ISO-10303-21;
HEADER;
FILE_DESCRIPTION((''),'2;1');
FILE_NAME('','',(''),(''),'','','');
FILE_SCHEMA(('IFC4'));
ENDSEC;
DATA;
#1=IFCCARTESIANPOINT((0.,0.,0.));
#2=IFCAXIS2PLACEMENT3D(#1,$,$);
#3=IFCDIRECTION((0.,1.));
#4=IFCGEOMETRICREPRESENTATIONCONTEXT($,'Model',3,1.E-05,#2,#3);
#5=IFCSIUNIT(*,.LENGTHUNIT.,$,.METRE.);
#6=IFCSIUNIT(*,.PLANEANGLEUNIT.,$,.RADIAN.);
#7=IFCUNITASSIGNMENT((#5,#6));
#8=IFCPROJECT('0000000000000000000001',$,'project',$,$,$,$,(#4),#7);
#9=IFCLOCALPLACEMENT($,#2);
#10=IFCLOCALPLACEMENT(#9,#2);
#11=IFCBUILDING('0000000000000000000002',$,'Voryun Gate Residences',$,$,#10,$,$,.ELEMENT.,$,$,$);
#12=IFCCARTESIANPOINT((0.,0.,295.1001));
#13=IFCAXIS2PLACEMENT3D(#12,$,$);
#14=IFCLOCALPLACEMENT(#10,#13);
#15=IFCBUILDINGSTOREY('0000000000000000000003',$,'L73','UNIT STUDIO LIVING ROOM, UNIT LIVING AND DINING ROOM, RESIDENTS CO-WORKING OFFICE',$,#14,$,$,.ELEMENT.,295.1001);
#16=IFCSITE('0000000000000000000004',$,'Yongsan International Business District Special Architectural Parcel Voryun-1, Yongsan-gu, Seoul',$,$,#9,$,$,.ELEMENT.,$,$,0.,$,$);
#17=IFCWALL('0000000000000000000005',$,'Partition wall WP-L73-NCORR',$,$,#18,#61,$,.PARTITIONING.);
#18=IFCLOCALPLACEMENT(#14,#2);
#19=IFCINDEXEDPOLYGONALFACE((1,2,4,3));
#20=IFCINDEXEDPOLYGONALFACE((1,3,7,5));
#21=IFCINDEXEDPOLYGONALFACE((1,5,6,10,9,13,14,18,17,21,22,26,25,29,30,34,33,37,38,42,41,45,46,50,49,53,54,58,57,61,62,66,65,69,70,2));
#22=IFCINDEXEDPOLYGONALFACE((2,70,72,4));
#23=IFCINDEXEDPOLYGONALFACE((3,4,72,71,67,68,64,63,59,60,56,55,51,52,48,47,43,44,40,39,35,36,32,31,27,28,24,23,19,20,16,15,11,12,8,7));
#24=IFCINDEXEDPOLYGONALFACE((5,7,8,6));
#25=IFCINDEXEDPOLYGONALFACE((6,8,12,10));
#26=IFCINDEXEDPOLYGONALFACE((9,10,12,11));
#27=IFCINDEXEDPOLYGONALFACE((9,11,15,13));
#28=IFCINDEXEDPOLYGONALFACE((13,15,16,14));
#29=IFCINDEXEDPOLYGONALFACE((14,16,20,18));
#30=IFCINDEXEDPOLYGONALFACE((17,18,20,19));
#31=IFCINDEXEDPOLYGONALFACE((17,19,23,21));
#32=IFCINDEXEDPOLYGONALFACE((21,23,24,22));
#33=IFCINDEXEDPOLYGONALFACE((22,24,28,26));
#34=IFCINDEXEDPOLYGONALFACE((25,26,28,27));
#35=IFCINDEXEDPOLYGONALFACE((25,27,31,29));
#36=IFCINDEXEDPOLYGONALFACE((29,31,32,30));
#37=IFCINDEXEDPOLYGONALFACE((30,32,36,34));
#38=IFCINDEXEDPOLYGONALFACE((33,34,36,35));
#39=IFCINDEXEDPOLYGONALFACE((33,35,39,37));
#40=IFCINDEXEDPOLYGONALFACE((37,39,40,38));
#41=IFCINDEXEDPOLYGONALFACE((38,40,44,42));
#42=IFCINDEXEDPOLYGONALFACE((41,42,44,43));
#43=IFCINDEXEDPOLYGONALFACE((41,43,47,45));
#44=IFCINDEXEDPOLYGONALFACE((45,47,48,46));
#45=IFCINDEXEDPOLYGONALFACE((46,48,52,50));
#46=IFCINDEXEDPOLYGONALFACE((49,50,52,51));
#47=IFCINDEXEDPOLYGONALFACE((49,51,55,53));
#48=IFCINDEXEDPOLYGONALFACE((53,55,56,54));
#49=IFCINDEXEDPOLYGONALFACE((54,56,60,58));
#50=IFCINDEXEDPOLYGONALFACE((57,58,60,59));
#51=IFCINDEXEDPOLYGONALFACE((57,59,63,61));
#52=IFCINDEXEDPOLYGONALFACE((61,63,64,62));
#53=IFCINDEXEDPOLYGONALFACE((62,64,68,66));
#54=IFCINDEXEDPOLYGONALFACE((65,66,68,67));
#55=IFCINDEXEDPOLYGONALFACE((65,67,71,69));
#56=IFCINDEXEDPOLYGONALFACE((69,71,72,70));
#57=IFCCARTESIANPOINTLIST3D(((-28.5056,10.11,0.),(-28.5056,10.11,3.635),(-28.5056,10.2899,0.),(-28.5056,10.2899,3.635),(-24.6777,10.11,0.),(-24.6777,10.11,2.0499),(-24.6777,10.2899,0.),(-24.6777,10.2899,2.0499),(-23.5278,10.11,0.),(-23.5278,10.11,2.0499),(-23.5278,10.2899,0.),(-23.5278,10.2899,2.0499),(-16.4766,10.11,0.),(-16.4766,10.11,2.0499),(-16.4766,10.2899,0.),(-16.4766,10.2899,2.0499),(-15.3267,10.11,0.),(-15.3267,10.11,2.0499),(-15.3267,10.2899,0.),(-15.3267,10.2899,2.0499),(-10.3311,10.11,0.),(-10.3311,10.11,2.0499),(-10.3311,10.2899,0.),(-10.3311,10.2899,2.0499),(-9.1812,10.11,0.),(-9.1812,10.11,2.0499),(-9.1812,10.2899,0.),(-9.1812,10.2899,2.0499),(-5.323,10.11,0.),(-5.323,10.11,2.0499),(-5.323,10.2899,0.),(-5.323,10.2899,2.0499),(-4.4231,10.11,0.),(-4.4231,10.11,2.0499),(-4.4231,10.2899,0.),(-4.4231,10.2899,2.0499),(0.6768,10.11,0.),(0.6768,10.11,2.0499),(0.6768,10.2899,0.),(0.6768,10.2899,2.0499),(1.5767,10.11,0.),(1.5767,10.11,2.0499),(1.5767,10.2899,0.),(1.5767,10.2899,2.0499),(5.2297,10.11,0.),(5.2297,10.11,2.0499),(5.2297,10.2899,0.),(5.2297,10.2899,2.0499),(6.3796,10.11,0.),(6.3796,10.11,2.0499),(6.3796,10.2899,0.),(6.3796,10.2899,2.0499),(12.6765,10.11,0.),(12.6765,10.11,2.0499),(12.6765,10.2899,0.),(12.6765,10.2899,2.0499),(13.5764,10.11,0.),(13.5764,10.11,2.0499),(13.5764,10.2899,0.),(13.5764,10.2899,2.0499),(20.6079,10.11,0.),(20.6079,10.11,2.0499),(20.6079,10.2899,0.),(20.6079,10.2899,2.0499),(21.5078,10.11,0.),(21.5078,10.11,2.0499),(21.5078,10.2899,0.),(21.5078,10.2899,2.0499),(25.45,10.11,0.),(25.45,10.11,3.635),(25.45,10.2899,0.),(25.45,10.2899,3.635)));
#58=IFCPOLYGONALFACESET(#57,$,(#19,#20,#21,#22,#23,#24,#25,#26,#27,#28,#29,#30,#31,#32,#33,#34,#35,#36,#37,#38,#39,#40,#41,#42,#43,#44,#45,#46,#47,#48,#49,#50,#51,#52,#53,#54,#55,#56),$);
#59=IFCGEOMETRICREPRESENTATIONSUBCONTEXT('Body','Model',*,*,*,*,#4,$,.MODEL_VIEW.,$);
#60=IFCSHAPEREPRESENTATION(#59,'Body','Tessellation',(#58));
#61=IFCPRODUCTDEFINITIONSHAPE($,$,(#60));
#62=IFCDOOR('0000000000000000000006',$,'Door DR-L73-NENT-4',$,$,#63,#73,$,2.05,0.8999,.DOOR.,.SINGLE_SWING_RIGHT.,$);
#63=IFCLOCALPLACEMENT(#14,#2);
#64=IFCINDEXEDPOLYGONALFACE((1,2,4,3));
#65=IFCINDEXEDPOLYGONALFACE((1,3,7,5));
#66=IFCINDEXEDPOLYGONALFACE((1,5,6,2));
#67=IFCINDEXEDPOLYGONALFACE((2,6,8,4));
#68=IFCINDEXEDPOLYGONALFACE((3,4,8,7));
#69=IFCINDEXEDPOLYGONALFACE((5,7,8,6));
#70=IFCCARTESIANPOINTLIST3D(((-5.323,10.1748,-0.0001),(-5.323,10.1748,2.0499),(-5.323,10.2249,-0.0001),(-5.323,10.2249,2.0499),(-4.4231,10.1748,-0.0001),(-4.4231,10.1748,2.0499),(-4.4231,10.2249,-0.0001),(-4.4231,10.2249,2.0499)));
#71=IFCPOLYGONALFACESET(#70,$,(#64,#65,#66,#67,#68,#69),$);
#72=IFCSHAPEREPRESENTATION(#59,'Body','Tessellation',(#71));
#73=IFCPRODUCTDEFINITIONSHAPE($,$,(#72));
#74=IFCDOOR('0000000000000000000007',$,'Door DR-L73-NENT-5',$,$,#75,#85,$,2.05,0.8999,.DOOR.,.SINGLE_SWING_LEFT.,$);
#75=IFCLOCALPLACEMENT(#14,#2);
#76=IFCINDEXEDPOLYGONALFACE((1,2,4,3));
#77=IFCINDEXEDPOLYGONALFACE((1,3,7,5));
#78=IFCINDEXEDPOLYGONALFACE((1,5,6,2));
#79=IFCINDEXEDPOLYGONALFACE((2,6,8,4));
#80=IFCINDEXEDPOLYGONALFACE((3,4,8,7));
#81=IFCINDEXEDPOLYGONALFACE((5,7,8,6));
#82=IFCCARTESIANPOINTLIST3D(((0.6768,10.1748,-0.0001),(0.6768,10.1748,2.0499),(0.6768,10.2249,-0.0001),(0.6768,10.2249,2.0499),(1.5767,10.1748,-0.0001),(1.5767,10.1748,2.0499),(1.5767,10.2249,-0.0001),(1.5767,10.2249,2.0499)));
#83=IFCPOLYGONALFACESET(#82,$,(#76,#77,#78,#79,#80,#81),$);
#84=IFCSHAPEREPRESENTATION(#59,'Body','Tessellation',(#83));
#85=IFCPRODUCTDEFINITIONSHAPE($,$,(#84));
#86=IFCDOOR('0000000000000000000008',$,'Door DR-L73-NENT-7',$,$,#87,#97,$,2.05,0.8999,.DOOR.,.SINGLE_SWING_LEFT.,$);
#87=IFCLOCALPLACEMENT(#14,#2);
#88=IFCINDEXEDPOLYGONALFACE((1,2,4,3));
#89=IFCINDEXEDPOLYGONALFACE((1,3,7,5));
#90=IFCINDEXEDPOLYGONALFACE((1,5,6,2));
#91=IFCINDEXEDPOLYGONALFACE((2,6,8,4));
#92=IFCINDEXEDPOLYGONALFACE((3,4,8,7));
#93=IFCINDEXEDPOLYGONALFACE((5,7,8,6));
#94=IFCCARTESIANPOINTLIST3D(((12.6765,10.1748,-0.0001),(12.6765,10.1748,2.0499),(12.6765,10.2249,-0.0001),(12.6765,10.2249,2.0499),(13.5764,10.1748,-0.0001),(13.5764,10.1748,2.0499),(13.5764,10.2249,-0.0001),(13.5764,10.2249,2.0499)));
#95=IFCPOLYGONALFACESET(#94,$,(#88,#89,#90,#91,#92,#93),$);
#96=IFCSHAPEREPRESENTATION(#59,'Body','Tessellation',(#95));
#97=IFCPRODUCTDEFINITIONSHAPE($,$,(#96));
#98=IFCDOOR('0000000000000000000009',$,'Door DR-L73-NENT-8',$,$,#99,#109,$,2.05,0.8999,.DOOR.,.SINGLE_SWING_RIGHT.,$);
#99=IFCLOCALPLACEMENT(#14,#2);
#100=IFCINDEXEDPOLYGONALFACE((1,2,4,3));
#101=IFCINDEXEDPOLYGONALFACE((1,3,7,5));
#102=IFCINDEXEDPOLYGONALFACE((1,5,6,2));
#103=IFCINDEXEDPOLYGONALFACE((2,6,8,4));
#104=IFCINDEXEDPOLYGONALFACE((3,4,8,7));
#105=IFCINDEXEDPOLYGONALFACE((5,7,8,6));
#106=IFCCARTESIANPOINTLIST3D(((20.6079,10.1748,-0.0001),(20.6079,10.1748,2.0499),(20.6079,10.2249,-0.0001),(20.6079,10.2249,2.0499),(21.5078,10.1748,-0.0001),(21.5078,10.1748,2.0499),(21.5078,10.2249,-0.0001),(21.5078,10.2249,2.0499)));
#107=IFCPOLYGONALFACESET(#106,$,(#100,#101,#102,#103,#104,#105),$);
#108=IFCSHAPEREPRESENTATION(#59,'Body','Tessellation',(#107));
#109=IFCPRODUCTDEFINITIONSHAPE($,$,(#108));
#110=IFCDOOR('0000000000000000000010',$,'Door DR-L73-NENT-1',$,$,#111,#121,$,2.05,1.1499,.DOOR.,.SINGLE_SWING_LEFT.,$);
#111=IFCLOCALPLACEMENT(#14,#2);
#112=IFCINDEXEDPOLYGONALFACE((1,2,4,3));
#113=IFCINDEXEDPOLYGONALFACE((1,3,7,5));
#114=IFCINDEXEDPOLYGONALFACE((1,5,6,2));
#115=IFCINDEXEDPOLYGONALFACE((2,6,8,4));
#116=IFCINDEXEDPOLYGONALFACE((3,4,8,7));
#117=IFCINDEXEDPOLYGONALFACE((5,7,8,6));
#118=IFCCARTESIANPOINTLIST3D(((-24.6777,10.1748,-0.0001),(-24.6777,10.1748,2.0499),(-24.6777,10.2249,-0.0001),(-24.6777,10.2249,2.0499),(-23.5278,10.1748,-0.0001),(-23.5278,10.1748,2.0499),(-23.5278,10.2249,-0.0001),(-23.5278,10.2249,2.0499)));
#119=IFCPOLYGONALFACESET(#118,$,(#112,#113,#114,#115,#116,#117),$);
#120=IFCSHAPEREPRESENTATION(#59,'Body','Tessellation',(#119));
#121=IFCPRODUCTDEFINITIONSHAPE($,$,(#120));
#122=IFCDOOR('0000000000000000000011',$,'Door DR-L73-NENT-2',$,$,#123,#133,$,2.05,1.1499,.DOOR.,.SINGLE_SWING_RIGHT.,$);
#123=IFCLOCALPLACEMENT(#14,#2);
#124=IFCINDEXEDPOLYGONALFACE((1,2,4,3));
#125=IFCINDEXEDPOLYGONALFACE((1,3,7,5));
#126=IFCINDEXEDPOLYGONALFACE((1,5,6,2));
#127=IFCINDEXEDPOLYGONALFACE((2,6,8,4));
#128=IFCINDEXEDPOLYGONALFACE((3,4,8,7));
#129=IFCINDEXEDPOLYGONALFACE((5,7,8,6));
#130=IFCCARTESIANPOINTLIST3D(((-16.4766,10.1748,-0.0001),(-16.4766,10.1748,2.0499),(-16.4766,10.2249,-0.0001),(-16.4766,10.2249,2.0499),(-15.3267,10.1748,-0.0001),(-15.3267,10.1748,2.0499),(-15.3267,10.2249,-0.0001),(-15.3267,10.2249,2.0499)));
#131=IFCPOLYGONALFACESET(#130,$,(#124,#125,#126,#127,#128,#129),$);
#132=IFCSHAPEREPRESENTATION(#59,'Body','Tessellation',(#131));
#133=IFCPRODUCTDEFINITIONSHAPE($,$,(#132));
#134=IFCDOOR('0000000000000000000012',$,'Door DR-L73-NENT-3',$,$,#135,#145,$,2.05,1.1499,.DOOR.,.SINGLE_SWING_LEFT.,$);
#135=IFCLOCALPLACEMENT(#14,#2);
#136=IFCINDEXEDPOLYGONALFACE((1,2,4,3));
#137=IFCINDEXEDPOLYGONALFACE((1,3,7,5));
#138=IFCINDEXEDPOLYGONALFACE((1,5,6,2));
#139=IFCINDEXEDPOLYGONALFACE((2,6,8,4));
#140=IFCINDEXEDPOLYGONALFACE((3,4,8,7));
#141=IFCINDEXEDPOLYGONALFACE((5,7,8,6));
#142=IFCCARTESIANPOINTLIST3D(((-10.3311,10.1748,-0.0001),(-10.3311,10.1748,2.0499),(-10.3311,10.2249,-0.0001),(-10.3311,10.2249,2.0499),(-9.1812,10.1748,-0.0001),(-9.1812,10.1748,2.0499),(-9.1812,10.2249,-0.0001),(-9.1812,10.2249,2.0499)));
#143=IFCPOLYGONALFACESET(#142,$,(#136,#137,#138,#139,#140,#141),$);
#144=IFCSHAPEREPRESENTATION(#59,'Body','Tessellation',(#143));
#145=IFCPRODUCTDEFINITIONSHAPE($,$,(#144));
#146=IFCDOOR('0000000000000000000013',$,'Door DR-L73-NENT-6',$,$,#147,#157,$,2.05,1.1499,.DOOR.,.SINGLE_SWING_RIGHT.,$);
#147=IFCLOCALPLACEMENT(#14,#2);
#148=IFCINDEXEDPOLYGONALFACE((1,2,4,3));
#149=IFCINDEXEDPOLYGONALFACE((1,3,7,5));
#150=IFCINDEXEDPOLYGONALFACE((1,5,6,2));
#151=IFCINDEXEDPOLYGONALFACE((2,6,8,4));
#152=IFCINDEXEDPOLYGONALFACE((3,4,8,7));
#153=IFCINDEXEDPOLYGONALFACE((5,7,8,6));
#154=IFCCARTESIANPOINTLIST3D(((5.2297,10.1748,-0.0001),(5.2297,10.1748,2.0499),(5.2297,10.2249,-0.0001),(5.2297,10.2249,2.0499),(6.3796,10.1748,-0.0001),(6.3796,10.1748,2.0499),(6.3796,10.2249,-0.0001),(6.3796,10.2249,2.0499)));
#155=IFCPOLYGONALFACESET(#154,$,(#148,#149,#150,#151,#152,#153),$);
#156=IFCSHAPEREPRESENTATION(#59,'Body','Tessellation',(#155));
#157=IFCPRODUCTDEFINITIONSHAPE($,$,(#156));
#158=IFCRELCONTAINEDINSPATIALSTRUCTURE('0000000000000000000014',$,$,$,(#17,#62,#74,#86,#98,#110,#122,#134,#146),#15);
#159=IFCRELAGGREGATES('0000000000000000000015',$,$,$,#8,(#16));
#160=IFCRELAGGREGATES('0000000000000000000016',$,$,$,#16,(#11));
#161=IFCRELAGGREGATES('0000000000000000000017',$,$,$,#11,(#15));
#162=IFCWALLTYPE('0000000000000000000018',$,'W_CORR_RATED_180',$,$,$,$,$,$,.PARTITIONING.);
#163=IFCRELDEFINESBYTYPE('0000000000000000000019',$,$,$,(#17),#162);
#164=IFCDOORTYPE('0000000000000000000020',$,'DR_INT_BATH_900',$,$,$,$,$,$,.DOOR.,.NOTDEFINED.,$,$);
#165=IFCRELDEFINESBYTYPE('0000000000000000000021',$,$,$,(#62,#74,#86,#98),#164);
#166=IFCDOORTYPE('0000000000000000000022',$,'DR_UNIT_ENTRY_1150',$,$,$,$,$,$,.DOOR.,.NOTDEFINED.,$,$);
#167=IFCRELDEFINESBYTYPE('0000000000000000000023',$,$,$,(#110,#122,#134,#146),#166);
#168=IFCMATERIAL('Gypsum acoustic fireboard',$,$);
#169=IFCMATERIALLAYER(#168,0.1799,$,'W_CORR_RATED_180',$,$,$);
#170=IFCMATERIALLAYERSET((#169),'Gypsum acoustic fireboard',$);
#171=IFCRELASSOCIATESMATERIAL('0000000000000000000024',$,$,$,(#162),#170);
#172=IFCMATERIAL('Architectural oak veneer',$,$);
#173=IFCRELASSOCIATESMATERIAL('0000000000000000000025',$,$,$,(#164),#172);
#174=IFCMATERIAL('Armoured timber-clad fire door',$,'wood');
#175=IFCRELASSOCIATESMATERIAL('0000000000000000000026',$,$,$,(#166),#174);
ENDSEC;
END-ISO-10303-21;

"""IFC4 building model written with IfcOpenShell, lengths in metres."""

from ifc_helpers import new_model, si_unit, direction, frame, frame_2d, origin, place, context, subcontext, project, spatial, rectangle, extrude, material, layer, layer_set, type_object, element, fill, save


model = new_model("IFC4")

# Units and contexts
model_context = context("Model", 3, precision=1e-05, world=origin(), true_north=direction((0.0, 1.0)))
body_context = subcontext(model_context, "Body", "Model", "MODEL_VIEW")
ifc_project = project(units=[si_unit("LENGTHUNIT", "METRE"), si_unit("PLANEANGLEUNIT", "RADIAN")], contexts=[model_context])

# Site, building, storey
site_placement = place(None, origin())
site = spatial("IfcSite", under=ifc_project, at=site_placement, Name="Yongsan International Business District Special Architectural Parcel Voryun-1, Yongsan-gu, Seoul", CompositionType="ELEMENT", RefElevation=0.0)
building_placement = place(site_placement, origin())
building = spatial("IfcBuilding", under=site, at=building_placement, Name="Voryun Gate Residences", CompositionType="ELEMENT")
storey_placement = place(building_placement, frame((0.0, 0.0, 295.1001)))
storey = spatial("IfcBuildingStorey", under=building, at=storey_placement, Name="L73", Description="UNIT STUDIO LIVING ROOM, UNIT LIVING AND DINING ROOM, RESIDENTS CO-WORKING OFFICE", CompositionType="ELEMENT", Elevation=295.1001)

# Wall, openings, doors
ifc_material_1 = material(Name="Gypsum acoustic fireboard")
ifc_layer_1 = layer(ifc_material_1, 0.1799, Name="W_CORR_RATED_180")
ifc_layer_set_1 = layer_set([ifc_layer_1], Name="Gypsum acoustic fireboard")
wall_type_1 = type_object("IfcWallType", Name="W_CORR_RATED_180", PredefinedType="PARTITIONING", material=ifc_layer_set_1)
wall_1_placement = place(storey_placement, frame((-28.5056, 10.2, 0.0), z_axis=(0.0, 0.0, 1.0), x_axis=(1.0, 0.0, 0.0)))
wall_1 = element("IfcWall", 1, at=wall_1_placement, inside=storey, type_object=wall_type_1, Name="Partition wall WP-L73-NCORR", PredefinedType="PARTITIONING", context=body_context, shape_type="SweptSolid", body=[
    extrude(rectangle(XDim=53.9556, YDim=0.1799, at=frame_2d((26.9778, 0.0))), origin(), (0.0, 0.0, 1.0), 3.635),
])
opening_1_placement = place(wall_1_placement, frame((3.8279, 0.0, 0.0)))
opening_1 = element("IfcOpeningElement", 2, at=opening_1_placement, cuts=wall_1, PredefinedType="OPENING", context=body_context, shape_type="SweptSolid", body=[
    extrude(rectangle(XDim=1.1499, YDim=2.05, at=frame_2d((0.575, 1.0249))), frame((0.0, 0.0999, 0.0), z_axis=(0.0, -1.0, 0.0), x_axis=(1.0, 0.0, 0.0)), (0.0, 0.0, 1.0), 0.2),
])
opening_2_placement = place(wall_1_placement, frame((12.0291, 0.0, 0.0)))
opening_2 = element("IfcOpeningElement", 3, at=opening_2_placement, cuts=wall_1, PredefinedType="OPENING", context=body_context, shape_type="SweptSolid", body=[
    extrude(rectangle(XDim=1.1499, YDim=2.05, at=frame_2d((0.575, 1.0249))), frame((0.0, 0.0999, 0.0), z_axis=(0.0, -1.0, 0.0), x_axis=(1.0, 0.0, 0.0)), (0.0, 0.0, 1.0), 0.2),
])
opening_3_placement = place(wall_1_placement, frame((18.1746, 0.0, 0.0)))
opening_3 = element("IfcOpeningElement", 4, at=opening_3_placement, cuts=wall_1, PredefinedType="OPENING", context=body_context, shape_type="SweptSolid", body=[
    extrude(rectangle(XDim=1.1499, YDim=2.05, at=frame_2d((0.575, 1.0249))), frame((0.0, 0.0999, 0.0), z_axis=(0.0, -1.0, 0.0), x_axis=(1.0, 0.0, 0.0)), (0.0, 0.0, 1.0), 0.2),
])
opening_4_placement = place(wall_1_placement, frame((23.1826, 0.0, 0.0)))
opening_4 = element("IfcOpeningElement", 5, at=opening_4_placement, cuts=wall_1, PredefinedType="OPENING", context=body_context, shape_type="SweptSolid", body=[
    extrude(rectangle(XDim=0.8999, YDim=2.05, at=frame_2d((0.45, 1.0249))), frame((0.0, 0.0999, 0.0), z_axis=(0.0, -1.0, 0.0), x_axis=(1.0, 0.0, 0.0)), (0.0, 0.0, 1.0), 0.2),
])
opening_5_placement = place(wall_1_placement, frame((29.1824, 0.0, 0.0)))
opening_5 = element("IfcOpeningElement", 6, at=opening_5_placement, cuts=wall_1, PredefinedType="OPENING", context=body_context, shape_type="SweptSolid", body=[
    extrude(rectangle(XDim=0.8999, YDim=2.05, at=frame_2d((0.45, 1.0249))), frame((0.0, 0.0999, 0.0), z_axis=(0.0, -1.0, 0.0), x_axis=(1.0, 0.0, 0.0)), (0.0, 0.0, 1.0), 0.2),
])
opening_6_placement = place(wall_1_placement, frame((33.7354, 0.0, 0.0)))
opening_6 = element("IfcOpeningElement", 7, at=opening_6_placement, cuts=wall_1, PredefinedType="OPENING", context=body_context, shape_type="SweptSolid", body=[
    extrude(rectangle(XDim=1.1499, YDim=2.05, at=frame_2d((0.575, 1.0249))), frame((0.0, 0.0999, 0.0), z_axis=(0.0, -1.0, 0.0), x_axis=(1.0, 0.0, 0.0)), (0.0, 0.0, 1.0), 0.2),
])
opening_7_placement = place(wall_1_placement, frame((41.1821, 0.0, 0.0)))
opening_7 = element("IfcOpeningElement", 8, at=opening_7_placement, cuts=wall_1, PredefinedType="OPENING", context=body_context, shape_type="SweptSolid", body=[
    extrude(rectangle(XDim=0.8999, YDim=2.05, at=frame_2d((0.45, 1.0249))), frame((0.0, 0.0999, 0.0), z_axis=(0.0, -1.0, 0.0), x_axis=(1.0, 0.0, 0.0)), (0.0, 0.0, 1.0), 0.2),
])
opening_8_placement = place(wall_1_placement, frame((49.1135, 0.0, 0.0)))
opening_8 = element("IfcOpeningElement", 9, at=opening_8_placement, cuts=wall_1, PredefinedType="OPENING", context=body_context, shape_type="SweptSolid", body=[
    extrude(rectangle(XDim=0.8999, YDim=2.05, at=frame_2d((0.45, 1.0249))), frame((0.0, 0.0999, 0.0), z_axis=(0.0, -1.0, 0.0), x_axis=(1.0, 0.0, 0.0)), (0.0, 0.0, 1.0), 0.2),
])
ifc_material_2 = material(Name="Architectural oak veneer")
door_type_1 = type_object("IfcDoorType", Name="DR_INT_BATH_900", OperationType="NOTDEFINED", PredefinedType="DOOR", material=ifc_material_2)
door_1_placement = place(opening_4_placement, origin())
door_1 = element("IfcDoor", 10, at=door_1_placement, inside=storey, type_object=door_type_1, Name="Door DR-L73-NENT-4", OperationType="SINGLE_SWING_RIGHT", OverallHeight=2.05, OverallWidth=0.8999, PredefinedType="DOOR", context=body_context, shape_type="SweptSolid", body=[
    extrude(rectangle(XDim=0.8999, YDim=2.05, at=frame_2d((0.45, 1.0249))), frame((0.0, 0.0249, 0.0), z_axis=(0.0, -1.0, 0.0), x_axis=(1.0, 0.0, 0.0)), (0.0, 0.0, 1.0), 0.05),
])
fill(opening_4, door_1)
door_2_placement = place(opening_5_placement, origin())
door_2 = element("IfcDoor", 11, at=door_2_placement, inside=storey, type_object=door_type_1, Name="Door DR-L73-NENT-5", OperationType="SINGLE_SWING_LEFT", OverallHeight=2.05, OverallWidth=0.8999, PredefinedType="DOOR", context=body_context, shape_type="SweptSolid", body=[
    extrude(rectangle(XDim=0.8999, YDim=2.05, at=frame_2d((0.45, 1.0249))), frame((0.0, 0.0249, 0.0), z_axis=(0.0, -1.0, 0.0), x_axis=(1.0, 0.0, 0.0)), (0.0, 0.0, 1.0), 0.05),
])
fill(opening_5, door_2)
door_3_placement = place(opening_7_placement, origin())
door_3 = element("IfcDoor", 12, at=door_3_placement, inside=storey, type_object=door_type_1, Name="Door DR-L73-NENT-7", OperationType="SINGLE_SWING_LEFT", OverallHeight=2.05, OverallWidth=0.8999, PredefinedType="DOOR", context=body_context, shape_type="SweptSolid", body=[
    extrude(rectangle(XDim=0.8999, YDim=2.05, at=frame_2d((0.45, 1.0249))), frame((0.0, 0.0249, 0.0), z_axis=(0.0, -1.0, 0.0), x_axis=(1.0, 0.0, 0.0)), (0.0, 0.0, 1.0), 0.05),
])
fill(opening_7, door_3)
door_4_placement = place(opening_8_placement, origin())
door_4 = element("IfcDoor", 13, at=door_4_placement, inside=storey, type_object=door_type_1, Name="Door DR-L73-NENT-8", OperationType="SINGLE_SWING_RIGHT", OverallHeight=2.05, OverallWidth=0.8999, PredefinedType="DOOR", context=body_context, shape_type="SweptSolid", body=[
    extrude(rectangle(XDim=0.8999, YDim=2.05, at=frame_2d((0.45, 1.0249))), frame((0.0, 0.0249, 0.0), z_axis=(0.0, -1.0, 0.0), x_axis=(1.0, 0.0, 0.0)), (0.0, 0.0, 1.0), 0.05),
])
fill(opening_8, door_4)
ifc_material_3 = material(Name="Armoured timber-clad fire door", Category="wood")
door_type_2 = type_object("IfcDoorType", Name="DR_UNIT_ENTRY_1150", OperationType="NOTDEFINED", PredefinedType="DOOR", material=ifc_material_3)
door_5_placement = place(opening_1_placement, origin())
door_5 = element("IfcDoor", 14, at=door_5_placement, inside=storey, type_object=door_type_2, Name="Door DR-L73-NENT-1", OperationType="SINGLE_SWING_LEFT", OverallHeight=2.05, OverallWidth=1.1499, PredefinedType="DOOR", context=body_context, shape_type="SweptSolid", body=[
    extrude(rectangle(XDim=1.1499, YDim=2.05, at=frame_2d((0.575, 1.0249))), frame((0.0, 0.0249, 0.0), z_axis=(0.0, -1.0, 0.0), x_axis=(1.0, 0.0, 0.0)), (0.0, 0.0, 1.0), 0.05),
])
fill(opening_1, door_5)
door_6_placement = place(opening_2_placement, origin())
door_6 = element("IfcDoor", 15, at=door_6_placement, inside=storey, type_object=door_type_2, Name="Door DR-L73-NENT-2", OperationType="SINGLE_SWING_RIGHT", OverallHeight=2.05, OverallWidth=1.1499, PredefinedType="DOOR", context=body_context, shape_type="SweptSolid", body=[
    extrude(rectangle(XDim=1.1499, YDim=2.05, at=frame_2d((0.575, 1.0249))), frame((0.0, 0.0249, 0.0), z_axis=(0.0, -1.0, 0.0), x_axis=(1.0, 0.0, 0.0)), (0.0, 0.0, 1.0), 0.05),
])
fill(opening_2, door_6)
door_7_placement = place(opening_3_placement, origin())
door_7 = element("IfcDoor", 16, at=door_7_placement, inside=storey, type_object=door_type_2, Name="Door DR-L73-NENT-3", OperationType="SINGLE_SWING_LEFT", OverallHeight=2.05, OverallWidth=1.1499, PredefinedType="DOOR", context=body_context, shape_type="SweptSolid", body=[
    extrude(rectangle(XDim=1.1499, YDim=2.05, at=frame_2d((0.575, 1.0249))), frame((0.0, 0.0249, 0.0), z_axis=(0.0, -1.0, 0.0), x_axis=(1.0, 0.0, 0.0)), (0.0, 0.0, 1.0), 0.05),
])
fill(opening_3, door_7)
door_8_placement = place(opening_6_placement, origin())
door_8 = element("IfcDoor", 17, at=door_8_placement, inside=storey, type_object=door_type_2, Name="Door DR-L73-NENT-6", OperationType="SINGLE_SWING_RIGHT", OverallHeight=2.05, OverallWidth=1.1499, PredefinedType="DOOR", context=body_context, shape_type="SweptSolid", body=[
    extrude(rectangle(XDim=1.1499, YDim=2.05, at=frame_2d((0.575, 1.0249))), frame((0.0, 0.0249, 0.0), z_axis=(0.0, -1.0, 0.0), x_axis=(1.0, 0.0, 0.0)), (0.0, 0.0, 1.0), 0.05),
])
fill(opening_6, door_8)

save(model, "model.ifc")
